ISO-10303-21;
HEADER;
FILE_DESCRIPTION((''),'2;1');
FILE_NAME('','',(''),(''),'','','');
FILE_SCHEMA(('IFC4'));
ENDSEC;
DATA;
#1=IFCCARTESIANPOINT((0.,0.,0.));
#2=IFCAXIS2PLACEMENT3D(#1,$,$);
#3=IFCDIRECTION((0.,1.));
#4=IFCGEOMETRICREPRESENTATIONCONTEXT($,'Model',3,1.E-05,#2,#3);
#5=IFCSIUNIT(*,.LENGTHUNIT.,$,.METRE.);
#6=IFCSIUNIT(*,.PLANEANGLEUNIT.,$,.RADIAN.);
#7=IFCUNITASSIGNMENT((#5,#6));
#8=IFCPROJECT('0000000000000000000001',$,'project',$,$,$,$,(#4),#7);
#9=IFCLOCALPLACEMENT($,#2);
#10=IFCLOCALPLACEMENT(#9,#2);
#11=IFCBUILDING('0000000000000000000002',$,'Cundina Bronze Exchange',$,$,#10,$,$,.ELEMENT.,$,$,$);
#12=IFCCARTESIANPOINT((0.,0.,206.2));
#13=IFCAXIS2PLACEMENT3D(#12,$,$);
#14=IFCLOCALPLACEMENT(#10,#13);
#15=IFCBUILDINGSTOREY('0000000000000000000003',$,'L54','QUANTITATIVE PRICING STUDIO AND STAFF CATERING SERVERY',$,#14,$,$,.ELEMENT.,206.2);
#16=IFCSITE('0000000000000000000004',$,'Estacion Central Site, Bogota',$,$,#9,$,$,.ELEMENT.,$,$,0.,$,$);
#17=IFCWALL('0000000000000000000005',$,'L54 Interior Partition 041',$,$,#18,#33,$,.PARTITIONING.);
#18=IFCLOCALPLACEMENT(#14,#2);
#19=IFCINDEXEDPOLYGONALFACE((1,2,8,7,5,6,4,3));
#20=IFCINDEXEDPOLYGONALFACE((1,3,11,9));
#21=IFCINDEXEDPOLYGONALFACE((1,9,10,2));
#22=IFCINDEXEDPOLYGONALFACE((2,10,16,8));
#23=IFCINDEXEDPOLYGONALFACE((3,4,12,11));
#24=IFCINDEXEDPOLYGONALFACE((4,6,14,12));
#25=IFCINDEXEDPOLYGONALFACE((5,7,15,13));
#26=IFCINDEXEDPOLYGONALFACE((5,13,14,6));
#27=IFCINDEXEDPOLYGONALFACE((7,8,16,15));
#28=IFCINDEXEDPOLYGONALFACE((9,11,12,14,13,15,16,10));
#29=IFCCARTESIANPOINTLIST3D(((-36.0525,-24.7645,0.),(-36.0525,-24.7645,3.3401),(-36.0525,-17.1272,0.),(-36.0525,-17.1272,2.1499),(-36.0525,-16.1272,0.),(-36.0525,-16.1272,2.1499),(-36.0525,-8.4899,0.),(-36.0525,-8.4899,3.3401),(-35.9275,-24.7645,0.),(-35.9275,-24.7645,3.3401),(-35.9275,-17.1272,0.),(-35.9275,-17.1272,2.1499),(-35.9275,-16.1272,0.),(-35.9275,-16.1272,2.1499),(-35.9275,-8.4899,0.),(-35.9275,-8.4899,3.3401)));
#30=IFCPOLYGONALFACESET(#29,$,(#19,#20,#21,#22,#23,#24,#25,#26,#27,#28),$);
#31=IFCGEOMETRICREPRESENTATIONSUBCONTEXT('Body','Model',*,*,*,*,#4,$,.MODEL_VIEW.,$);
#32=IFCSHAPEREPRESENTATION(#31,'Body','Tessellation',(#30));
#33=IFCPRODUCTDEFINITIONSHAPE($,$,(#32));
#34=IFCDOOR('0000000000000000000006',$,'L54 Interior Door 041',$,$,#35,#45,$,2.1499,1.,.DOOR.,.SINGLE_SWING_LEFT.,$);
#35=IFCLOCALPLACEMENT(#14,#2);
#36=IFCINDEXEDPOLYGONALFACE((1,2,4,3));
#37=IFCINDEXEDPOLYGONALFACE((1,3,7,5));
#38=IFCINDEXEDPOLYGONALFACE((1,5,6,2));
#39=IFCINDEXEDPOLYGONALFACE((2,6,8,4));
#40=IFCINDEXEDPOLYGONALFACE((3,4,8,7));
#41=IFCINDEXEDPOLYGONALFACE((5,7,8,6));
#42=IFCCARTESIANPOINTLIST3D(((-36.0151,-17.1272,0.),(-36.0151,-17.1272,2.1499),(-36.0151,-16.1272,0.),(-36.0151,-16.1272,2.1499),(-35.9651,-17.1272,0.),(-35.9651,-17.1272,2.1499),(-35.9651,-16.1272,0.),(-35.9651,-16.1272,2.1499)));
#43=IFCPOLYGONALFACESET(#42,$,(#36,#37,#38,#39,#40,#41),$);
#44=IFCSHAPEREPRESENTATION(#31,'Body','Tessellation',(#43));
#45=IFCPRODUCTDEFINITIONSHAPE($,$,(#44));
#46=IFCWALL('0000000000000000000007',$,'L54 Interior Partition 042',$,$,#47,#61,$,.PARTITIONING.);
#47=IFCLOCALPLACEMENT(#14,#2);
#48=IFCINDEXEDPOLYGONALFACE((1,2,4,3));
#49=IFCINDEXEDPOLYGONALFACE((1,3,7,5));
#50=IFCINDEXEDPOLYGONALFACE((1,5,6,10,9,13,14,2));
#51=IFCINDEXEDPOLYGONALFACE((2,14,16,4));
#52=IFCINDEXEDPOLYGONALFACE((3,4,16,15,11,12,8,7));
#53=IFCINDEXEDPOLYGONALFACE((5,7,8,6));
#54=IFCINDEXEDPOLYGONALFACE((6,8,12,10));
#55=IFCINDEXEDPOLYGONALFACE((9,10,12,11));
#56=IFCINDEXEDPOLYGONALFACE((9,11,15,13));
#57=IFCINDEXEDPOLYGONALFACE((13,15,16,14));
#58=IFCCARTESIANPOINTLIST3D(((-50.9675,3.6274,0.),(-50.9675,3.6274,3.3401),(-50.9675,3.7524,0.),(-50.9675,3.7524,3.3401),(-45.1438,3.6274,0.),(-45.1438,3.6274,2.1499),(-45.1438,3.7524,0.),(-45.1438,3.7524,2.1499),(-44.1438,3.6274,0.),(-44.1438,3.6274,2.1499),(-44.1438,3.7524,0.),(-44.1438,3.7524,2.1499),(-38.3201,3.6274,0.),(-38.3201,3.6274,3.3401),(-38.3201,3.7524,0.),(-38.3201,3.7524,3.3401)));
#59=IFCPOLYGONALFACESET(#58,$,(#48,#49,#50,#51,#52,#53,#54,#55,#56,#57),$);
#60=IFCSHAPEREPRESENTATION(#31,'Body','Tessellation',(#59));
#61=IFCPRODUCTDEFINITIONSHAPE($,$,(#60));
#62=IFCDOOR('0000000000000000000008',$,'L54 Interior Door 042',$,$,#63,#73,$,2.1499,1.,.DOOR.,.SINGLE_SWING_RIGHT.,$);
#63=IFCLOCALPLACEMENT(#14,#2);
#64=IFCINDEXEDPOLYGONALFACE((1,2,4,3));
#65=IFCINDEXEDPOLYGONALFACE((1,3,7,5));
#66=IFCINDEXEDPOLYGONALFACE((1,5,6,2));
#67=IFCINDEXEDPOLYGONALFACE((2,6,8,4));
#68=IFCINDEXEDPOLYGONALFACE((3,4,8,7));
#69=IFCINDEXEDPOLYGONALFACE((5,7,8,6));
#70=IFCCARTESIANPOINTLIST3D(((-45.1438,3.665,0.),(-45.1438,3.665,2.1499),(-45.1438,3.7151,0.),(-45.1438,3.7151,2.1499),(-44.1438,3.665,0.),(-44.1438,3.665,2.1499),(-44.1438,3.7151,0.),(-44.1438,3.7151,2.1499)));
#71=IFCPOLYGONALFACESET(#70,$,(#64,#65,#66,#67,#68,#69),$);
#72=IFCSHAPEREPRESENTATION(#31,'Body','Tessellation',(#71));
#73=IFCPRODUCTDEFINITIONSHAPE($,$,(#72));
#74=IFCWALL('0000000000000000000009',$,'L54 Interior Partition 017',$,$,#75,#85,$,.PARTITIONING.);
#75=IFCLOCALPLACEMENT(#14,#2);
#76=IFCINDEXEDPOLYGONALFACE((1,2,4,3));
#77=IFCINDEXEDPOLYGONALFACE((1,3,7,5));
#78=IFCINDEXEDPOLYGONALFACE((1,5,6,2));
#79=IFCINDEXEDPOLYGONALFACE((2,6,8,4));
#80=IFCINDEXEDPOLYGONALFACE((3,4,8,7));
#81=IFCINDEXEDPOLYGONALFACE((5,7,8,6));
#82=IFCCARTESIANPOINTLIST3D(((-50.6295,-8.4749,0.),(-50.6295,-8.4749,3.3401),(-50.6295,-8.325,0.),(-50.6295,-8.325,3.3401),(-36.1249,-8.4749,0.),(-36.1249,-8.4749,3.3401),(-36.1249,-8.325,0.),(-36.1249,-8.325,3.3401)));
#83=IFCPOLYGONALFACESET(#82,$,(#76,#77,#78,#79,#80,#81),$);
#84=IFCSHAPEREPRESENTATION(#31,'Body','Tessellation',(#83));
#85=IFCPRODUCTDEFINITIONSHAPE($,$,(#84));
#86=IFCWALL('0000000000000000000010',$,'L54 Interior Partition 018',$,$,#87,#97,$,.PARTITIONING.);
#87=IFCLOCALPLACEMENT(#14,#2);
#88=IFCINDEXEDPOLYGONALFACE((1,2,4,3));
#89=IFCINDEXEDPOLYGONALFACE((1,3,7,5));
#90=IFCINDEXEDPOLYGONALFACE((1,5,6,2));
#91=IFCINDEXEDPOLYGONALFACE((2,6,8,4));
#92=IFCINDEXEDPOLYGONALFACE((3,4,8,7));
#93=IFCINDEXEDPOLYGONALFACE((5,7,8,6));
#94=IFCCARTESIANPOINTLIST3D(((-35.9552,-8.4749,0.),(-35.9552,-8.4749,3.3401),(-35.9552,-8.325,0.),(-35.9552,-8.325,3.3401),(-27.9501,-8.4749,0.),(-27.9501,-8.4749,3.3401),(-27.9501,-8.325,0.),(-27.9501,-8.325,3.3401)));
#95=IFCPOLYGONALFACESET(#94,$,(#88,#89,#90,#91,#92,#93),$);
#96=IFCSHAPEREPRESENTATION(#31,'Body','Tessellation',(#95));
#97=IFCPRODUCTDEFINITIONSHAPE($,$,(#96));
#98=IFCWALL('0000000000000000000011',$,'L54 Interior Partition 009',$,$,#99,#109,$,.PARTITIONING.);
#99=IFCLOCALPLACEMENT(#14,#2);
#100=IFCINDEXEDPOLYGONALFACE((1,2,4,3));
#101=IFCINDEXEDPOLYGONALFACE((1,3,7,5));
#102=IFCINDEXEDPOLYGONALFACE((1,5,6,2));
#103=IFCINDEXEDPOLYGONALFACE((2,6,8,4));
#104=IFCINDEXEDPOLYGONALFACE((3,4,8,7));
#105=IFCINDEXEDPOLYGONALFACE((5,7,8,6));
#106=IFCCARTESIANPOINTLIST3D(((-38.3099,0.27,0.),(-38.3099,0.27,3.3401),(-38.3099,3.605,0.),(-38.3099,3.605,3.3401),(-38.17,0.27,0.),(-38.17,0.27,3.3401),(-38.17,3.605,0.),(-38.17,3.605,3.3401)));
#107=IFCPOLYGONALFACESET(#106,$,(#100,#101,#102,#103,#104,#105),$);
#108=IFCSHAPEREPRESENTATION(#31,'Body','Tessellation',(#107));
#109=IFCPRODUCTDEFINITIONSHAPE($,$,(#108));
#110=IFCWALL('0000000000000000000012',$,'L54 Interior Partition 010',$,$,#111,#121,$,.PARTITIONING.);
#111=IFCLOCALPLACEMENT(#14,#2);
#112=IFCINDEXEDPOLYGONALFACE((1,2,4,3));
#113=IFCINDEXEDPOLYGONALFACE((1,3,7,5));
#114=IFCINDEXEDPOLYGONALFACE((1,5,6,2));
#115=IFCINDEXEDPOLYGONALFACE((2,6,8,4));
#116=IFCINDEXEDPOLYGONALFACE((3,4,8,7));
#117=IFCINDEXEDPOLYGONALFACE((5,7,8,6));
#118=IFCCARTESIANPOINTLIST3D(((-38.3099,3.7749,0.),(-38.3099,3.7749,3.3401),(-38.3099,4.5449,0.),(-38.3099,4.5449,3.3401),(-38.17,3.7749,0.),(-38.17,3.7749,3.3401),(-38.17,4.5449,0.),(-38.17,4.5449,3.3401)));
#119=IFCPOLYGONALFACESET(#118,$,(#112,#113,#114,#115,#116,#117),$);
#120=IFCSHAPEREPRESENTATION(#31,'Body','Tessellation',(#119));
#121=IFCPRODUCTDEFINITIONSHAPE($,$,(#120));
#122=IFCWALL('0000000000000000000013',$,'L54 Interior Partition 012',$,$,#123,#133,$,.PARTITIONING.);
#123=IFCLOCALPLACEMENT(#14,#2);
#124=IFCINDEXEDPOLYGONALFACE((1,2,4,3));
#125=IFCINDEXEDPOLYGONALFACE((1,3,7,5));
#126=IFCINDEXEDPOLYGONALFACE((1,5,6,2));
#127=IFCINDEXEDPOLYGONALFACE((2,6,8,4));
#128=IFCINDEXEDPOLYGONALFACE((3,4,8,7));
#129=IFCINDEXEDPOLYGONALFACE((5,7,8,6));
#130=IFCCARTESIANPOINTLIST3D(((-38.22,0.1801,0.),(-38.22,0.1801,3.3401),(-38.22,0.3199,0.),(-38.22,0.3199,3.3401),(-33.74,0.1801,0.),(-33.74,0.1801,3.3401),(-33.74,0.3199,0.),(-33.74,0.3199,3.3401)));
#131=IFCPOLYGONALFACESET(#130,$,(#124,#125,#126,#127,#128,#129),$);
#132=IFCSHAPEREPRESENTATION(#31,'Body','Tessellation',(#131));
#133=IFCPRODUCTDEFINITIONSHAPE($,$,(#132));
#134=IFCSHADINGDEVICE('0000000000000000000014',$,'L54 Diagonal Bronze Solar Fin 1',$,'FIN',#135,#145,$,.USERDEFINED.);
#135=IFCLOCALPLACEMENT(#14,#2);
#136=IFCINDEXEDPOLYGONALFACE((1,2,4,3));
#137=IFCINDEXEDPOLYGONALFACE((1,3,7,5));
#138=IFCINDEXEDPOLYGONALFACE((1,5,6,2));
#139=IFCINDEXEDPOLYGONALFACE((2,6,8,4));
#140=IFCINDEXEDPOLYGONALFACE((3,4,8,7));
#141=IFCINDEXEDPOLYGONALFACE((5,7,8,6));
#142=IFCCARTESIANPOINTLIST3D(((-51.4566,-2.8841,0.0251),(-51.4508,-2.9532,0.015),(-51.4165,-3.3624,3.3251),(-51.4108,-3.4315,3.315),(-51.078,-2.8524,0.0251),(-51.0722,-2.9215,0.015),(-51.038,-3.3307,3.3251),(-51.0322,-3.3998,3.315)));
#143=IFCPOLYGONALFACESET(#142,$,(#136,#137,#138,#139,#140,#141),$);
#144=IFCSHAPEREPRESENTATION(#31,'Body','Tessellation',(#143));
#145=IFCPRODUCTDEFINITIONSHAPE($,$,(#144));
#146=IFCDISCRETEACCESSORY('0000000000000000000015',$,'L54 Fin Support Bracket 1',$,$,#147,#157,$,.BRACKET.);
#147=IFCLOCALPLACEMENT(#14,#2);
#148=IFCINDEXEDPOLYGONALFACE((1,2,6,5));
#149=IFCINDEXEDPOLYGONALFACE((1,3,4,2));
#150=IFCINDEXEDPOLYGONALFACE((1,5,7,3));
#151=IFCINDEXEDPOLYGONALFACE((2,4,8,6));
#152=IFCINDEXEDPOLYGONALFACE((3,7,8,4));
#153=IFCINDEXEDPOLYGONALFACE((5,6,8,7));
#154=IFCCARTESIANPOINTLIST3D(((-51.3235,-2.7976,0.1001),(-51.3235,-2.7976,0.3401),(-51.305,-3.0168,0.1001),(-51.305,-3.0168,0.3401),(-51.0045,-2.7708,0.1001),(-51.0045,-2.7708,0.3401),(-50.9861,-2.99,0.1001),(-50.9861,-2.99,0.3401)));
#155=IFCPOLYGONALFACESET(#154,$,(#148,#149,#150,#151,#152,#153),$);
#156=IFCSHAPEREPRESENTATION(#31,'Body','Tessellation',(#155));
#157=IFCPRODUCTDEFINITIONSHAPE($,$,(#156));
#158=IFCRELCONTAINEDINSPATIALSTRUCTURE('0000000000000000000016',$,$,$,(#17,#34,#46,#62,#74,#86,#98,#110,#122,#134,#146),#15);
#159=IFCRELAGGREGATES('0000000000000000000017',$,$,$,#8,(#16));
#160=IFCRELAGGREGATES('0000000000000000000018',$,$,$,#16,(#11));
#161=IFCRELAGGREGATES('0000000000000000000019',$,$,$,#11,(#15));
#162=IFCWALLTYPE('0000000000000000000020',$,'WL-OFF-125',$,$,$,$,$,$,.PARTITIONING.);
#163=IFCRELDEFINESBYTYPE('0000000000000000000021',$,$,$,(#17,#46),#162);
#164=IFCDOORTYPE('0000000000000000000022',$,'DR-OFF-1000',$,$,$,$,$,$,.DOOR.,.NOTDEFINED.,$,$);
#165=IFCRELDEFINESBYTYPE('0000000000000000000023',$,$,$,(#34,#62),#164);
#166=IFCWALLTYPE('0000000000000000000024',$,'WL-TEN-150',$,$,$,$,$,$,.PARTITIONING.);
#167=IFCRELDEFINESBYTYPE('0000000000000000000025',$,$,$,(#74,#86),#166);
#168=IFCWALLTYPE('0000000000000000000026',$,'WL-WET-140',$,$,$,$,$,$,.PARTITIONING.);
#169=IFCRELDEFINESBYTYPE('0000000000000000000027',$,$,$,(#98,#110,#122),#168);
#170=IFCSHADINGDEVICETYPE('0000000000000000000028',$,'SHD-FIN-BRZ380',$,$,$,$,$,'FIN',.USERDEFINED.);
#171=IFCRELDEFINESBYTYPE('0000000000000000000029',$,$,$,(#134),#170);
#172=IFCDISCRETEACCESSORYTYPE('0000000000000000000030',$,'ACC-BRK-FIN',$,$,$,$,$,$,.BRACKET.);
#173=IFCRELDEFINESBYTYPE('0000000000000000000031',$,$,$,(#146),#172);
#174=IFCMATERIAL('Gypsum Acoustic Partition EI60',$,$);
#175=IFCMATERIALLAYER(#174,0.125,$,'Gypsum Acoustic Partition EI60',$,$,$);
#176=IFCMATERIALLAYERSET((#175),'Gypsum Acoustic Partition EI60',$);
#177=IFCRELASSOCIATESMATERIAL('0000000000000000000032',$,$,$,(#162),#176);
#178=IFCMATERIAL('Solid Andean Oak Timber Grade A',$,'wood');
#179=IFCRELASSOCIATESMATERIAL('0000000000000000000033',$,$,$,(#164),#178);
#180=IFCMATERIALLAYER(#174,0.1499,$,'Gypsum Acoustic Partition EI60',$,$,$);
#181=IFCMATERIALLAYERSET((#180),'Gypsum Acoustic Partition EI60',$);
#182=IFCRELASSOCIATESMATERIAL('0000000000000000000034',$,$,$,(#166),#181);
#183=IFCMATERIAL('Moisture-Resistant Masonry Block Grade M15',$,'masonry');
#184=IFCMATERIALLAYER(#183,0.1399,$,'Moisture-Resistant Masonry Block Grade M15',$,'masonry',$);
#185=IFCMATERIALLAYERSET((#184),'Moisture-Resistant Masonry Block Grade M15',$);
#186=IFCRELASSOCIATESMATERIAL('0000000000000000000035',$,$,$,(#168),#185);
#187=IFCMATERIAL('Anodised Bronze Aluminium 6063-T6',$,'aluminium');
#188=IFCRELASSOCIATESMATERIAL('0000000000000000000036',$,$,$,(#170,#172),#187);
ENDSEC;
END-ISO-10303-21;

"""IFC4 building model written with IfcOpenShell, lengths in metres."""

from ifc_helpers import new_model, si_unit, direction, frame, frame_2d, origin, origin_2d, place, context, subcontext, project, spatial, rectangle, extrude, material, layer, layer_set, material_profile, profile_set, type_object, element, fill, save


model = new_model("IFC4")

# Units and contexts
model_context = context("Model", 3, precision=1e-05, world=origin(), true_north=direction((0.0, 1.0)))
body_context = subcontext(model_context, "Body", "Model", "MODEL_VIEW")
ifc_project = project(units=[si_unit("LENGTHUNIT", "METRE"), si_unit("PLANEANGLEUNIT", "RADIAN")], contexts=[model_context])

# Site, building, storey
site_placement = place(None, origin())
site = spatial("IfcSite", under=ifc_project, at=site_placement, Name="Estacion Central Site, Bogota", CompositionType="ELEMENT", RefElevation=0.0)
building_placement = place(site_placement, origin())
building = spatial("IfcBuilding", under=site, at=building_placement, Name="Cundina Bronze Exchange", CompositionType="ELEMENT")
storey_placement = place(building_placement, frame((0.0, 0.0, 206.2)))
storey = spatial("IfcBuildingStorey", under=building, at=storey_placement, Name="L54", Description="QUANTITATIVE PRICING STUDIO AND STAFF CATERING SERVERY", CompositionType="ELEMENT", Elevation=206.2)

# Shared definitions
ifc_material_1 = material(Name="Anodised Bronze Aluminium 6063-T6", Category="aluminium")

# Shared definitions
ifc_material_2 = material(Name="Solid Andean Oak Timber Grade A", Category="wood")

# Walls, openings, doors
ifc_material_3 = material(Name="Gypsum Acoustic Partition EI60")
ifc_layer_1 = layer(ifc_material_3, 0.125, Name="Gypsum Acoustic Partition EI60")
ifc_layer_set_1 = layer_set([ifc_layer_1], Name="Gypsum Acoustic Partition EI60")
wall_type_1 = type_object("IfcWallType", Name="WL-OFF-125", PredefinedType="PARTITIONING", material=ifc_layer_set_1)
wall_1_placement = place(storey_placement, frame((-35.99, -8.49, 0.0), z_axis=(0.0, 0.0, 1.0), x_axis=(0.0, -1.0, 0.0)))
wall_1 = element("IfcWall", 1, at=wall_1_placement, inside=storey, type_object=wall_type_1, Name="L54 Interior Partition 041", PredefinedType="PARTITIONING", context=body_context, shape_type="SweptSolid", body=[
    extrude(rectangle(XDim=16.2747, YDim=0.125, at=frame_2d((8.1372, 0.0))), origin(), (0.0, 0.0, 1.0), 3.3401),
])
opening_1_placement = place(wall_1_placement, frame((7.6372, 0.0, 0.0)))
opening_1 = element("IfcOpeningElement", 2, at=opening_1_placement, cuts=wall_1, PredefinedType="OPENING", context=body_context, shape_type="SweptSolid", body=[
    extrude(rectangle(XDim=1.0, YDim=2.1499, at=frame_2d((0.5, 1.075))), frame((0.0, 0.0725, 0.0), z_axis=(0.0, -1.0, 0.0), x_axis=(1.0, 0.0, 0.0)), (0.0, 0.0, 1.0), 0.145),
])
door_type_1 = type_object("IfcDoorType", Name="DR-OFF-1000", OperationType="NOTDEFINED", PredefinedType="DOOR", material=ifc_material_2)
door_1_placement = place(opening_1_placement, origin())
door_1 = element("IfcDoor", 3, at=door_1_placement, inside=storey, type_object=door_type_1, Name="L54 Interior Door 041", OperationType="SINGLE_SWING_LEFT", OverallHeight=2.1499, OverallWidth=1.0, PredefinedType="DOOR", context=body_context, shape_type="SweptSolid", body=[
    extrude(rectangle(XDim=1.0, YDim=2.1499, at=frame_2d((0.5, 1.075))), frame((0.0, 0.0249, 0.0), z_axis=(0.0, -1.0, 0.0), x_axis=(1.0, 0.0, 0.0)), (0.0, 0.0, 1.0), 0.05),
])
fill(opening_1, door_1)
wall_2_placement = place(storey_placement, frame((-38.3201, 3.6899, 0.0), z_axis=(0.0, 0.0, 1.0), x_axis=(-1.0, 0.0, 0.0)))
wall_2 = element("IfcWall", 4, at=wall_2_placement, inside=storey, type_object=wall_type_1, Name="L54 Interior Partition 042", PredefinedType="PARTITIONING", context=body_context, shape_type="SweptSolid", body=[
    extrude(rectangle(XDim=12.6475, YDim=0.125, at=frame_2d((6.3237, 0.0))), origin(), (0.0, 0.0, 1.0), 3.3401),
])
opening_2_placement = place(wall_2_placement, frame((5.8237, 0.0, 0.0)))
opening_2 = element("IfcOpeningElement", 5, at=opening_2_placement, cuts=wall_2, PredefinedType="OPENING", context=body_context, shape_type="SweptSolid", body=[
    extrude(rectangle(XDim=1.0, YDim=2.1499, at=frame_2d((0.5, 1.075))), frame((0.0, 0.0725, 0.0), z_axis=(0.0, -1.0, 0.0), x_axis=(1.0, 0.0, 0.0)), (0.0, 0.0, 1.0), 0.145),
])
door_2_placement = place(opening_2_placement, origin())
door_2 = element("IfcDoor", 6, at=door_2_placement, inside=storey, type_object=door_type_1, Name="L54 Interior Door 042", OperationType="SINGLE_SWING_RIGHT", OverallHeight=2.1499, OverallWidth=1.0, PredefinedType="DOOR", context=body_context, shape_type="SweptSolid", body=[
    extrude(rectangle(XDim=1.0, YDim=2.1499, at=frame_2d((0.5, 1.075))), frame((0.0, 0.0249, 0.0), z_axis=(0.0, -1.0, 0.0), x_axis=(1.0, 0.0, 0.0)), (0.0, 0.0, 1.0), 0.05),
])
fill(opening_2, door_2)

# Walls
ifc_layer_2 = layer(ifc_material_3, 0.1499, Name="Gypsum Acoustic Partition EI60")
ifc_layer_set_2 = layer_set([ifc_layer_2], Name="Gypsum Acoustic Partition EI60")
wall_type_2 = type_object("IfcWallType", Name="WL-TEN-150", PredefinedType="PARTITIONING", material=ifc_layer_set_2)
wall_3_placement = place(storey_placement, frame((-50.6296, -8.3999, 0.0), z_axis=(0.0, 0.0, 1.0), x_axis=(1.0, 0.0, 0.0)))
element("IfcWall", 7, at=wall_3_placement, inside=storey, type_object=wall_type_2, Name="L54 Interior Partition 017", PredefinedType="PARTITIONING", context=body_context, shape_type="SweptSolid", body=[
    extrude(rectangle(XDim=14.5046, YDim=0.1499, at=frame_2d((7.2524, 0.0))), origin(), (0.0, 0.0, 1.0), 3.3401),
])
wall_4_placement = place(storey_placement, frame((-35.9551, -8.3999, 0.0), z_axis=(0.0, 0.0, 1.0), x_axis=(1.0, 0.0, 0.0)))
element("IfcWall", 8, at=wall_4_placement, inside=storey, type_object=wall_type_2, Name="L54 Interior Partition 018", PredefinedType="PARTITIONING", context=body_context, shape_type="SweptSolid", body=[
    extrude(rectangle(XDim=8.0051, YDim=0.1499, at=frame_2d((4.0024, 0.0))), origin(), (0.0, 0.0, 1.0), 3.3401),
])
ifc_material_4 = material(Name="Moisture-Resistant Masonry Block Grade M15", Category="masonry")
ifc_layer_3 = layer(ifc_material_4, 0.1399, Name="Moisture-Resistant Masonry Block Grade M15", Category="masonry")
ifc_layer_set_3 = layer_set([ifc_layer_3], Name="Moisture-Resistant Masonry Block Grade M15")
wall_type_3 = type_object("IfcWallType", Name="WL-WET-140", PredefinedType="PARTITIONING", material=ifc_layer_set_3)
wall_5_placement = place(storey_placement, frame((-38.24, 0.27, 0.0), z_axis=(0.0, 0.0, 1.0), x_axis=(0.0, 1.0, 0.0)))
element("IfcWall", 9, at=wall_5_placement, inside=storey, type_object=wall_type_3, Name="L54 Interior Partition 009", PredefinedType="PARTITIONING", context=body_context, shape_type="SweptSolid", body=[
    extrude(rectangle(XDim=3.335, YDim=0.1399, at=frame_2d((1.6675, 0.0))), origin(), (0.0, 0.0, 1.0), 3.3401),
])
wall_6_placement = place(storey_placement, frame((-38.24, 3.7749, 0.0), z_axis=(0.0, 0.0, 1.0), x_axis=(0.0, 1.0, 0.0)))
element("IfcWall", 10, at=wall_6_placement, inside=storey, type_object=wall_type_3, Name="L54 Interior Partition 010", PredefinedType="PARTITIONING", context=body_context, shape_type="SweptSolid", body=[
    extrude(rectangle(XDim=0.77, YDim=0.1399, at=frame_2d((0.385, 0.0))), origin(), (0.0, 0.0, 1.0), 3.3401),
])
wall_7_placement = place(storey_placement, frame((-38.22, 0.25, 0.0), z_axis=(0.0, 0.0, 1.0), x_axis=(1.0, 0.0, 0.0)))
element("IfcWall", 11, at=wall_7_placement, inside=storey, type_object=wall_type_3, Name="L54 Interior Partition 012", PredefinedType="PARTITIONING", context=body_context, shape_type="SweptSolid", body=[
    extrude(rectangle(XDim=4.48, YDim=0.1399, at=frame_2d((2.24, 0.0))), origin(), (0.0, 0.0, 1.0), 3.3401),
])

# Shading device
ifc_material_profile_1 = material_profile(ifc_material_1, rectangle(XDim=0.0701, YDim=0.3799, at=origin_2d()), Name="FIN70X380", Category="aluminium")
ifc_profile_set_1 = profile_set([ifc_material_profile_1], Name="Anodised Bronze Aluminium 6063-T6")
shading_device_type = type_object("IfcShadingDeviceType", Name="SHD-FIN-BRZ380", ElementType="FIN", PredefinedType="USERDEFINED", material=ifc_profile_set_1)
shading_device_placement = place(storey_placement, frame((-51.2644, -2.9028, 0.02), z_axis=(0.012007, -0.14342, 0.989589), x_axis=(-0.082556, 0.98614, 0.143921)))
element("IfcShadingDevice", 12, at=shading_device_placement, inside=storey, type_object=shading_device_type, Name="L54 Diagonal Bronze Solar Fin 1", ObjectType="FIN", PredefinedType="USERDEFINED", context=body_context, shape_type="SweptSolid", body=[
    extrude(rectangle(XDim=0.0701, YDim=0.3799, at=origin_2d()), origin(), (0.0, 0.0, 1.0), 3.3347),
])

# Discrete accessory
discrete_accessory_type = type_object("IfcDiscreteAccessoryType", Name="ACC-BRK-FIN", PredefinedType="BRACKET", material=ifc_material_1)
discrete_accessory_placement = place(storey_placement, frame((-51.1548, -2.8938, 0.1001), z_axis=(0.0, 0.0, 1.0), x_axis=(0.083747, -0.996487, 0.0)))
element("IfcDiscreteAccessory", 13, at=discrete_accessory_placement, inside=storey, type_object=discrete_accessory_type, Name="L54 Fin Support Bracket 1", PredefinedType="BRACKET", context=body_context, shape_type="SweptSolid", body=[
    extrude(rectangle(XDim=0.22, YDim=0.3201, at=origin_2d()), origin(), (0.0, 0.0, 1.0), 0.24),
])

save(model, "model.ifc")
